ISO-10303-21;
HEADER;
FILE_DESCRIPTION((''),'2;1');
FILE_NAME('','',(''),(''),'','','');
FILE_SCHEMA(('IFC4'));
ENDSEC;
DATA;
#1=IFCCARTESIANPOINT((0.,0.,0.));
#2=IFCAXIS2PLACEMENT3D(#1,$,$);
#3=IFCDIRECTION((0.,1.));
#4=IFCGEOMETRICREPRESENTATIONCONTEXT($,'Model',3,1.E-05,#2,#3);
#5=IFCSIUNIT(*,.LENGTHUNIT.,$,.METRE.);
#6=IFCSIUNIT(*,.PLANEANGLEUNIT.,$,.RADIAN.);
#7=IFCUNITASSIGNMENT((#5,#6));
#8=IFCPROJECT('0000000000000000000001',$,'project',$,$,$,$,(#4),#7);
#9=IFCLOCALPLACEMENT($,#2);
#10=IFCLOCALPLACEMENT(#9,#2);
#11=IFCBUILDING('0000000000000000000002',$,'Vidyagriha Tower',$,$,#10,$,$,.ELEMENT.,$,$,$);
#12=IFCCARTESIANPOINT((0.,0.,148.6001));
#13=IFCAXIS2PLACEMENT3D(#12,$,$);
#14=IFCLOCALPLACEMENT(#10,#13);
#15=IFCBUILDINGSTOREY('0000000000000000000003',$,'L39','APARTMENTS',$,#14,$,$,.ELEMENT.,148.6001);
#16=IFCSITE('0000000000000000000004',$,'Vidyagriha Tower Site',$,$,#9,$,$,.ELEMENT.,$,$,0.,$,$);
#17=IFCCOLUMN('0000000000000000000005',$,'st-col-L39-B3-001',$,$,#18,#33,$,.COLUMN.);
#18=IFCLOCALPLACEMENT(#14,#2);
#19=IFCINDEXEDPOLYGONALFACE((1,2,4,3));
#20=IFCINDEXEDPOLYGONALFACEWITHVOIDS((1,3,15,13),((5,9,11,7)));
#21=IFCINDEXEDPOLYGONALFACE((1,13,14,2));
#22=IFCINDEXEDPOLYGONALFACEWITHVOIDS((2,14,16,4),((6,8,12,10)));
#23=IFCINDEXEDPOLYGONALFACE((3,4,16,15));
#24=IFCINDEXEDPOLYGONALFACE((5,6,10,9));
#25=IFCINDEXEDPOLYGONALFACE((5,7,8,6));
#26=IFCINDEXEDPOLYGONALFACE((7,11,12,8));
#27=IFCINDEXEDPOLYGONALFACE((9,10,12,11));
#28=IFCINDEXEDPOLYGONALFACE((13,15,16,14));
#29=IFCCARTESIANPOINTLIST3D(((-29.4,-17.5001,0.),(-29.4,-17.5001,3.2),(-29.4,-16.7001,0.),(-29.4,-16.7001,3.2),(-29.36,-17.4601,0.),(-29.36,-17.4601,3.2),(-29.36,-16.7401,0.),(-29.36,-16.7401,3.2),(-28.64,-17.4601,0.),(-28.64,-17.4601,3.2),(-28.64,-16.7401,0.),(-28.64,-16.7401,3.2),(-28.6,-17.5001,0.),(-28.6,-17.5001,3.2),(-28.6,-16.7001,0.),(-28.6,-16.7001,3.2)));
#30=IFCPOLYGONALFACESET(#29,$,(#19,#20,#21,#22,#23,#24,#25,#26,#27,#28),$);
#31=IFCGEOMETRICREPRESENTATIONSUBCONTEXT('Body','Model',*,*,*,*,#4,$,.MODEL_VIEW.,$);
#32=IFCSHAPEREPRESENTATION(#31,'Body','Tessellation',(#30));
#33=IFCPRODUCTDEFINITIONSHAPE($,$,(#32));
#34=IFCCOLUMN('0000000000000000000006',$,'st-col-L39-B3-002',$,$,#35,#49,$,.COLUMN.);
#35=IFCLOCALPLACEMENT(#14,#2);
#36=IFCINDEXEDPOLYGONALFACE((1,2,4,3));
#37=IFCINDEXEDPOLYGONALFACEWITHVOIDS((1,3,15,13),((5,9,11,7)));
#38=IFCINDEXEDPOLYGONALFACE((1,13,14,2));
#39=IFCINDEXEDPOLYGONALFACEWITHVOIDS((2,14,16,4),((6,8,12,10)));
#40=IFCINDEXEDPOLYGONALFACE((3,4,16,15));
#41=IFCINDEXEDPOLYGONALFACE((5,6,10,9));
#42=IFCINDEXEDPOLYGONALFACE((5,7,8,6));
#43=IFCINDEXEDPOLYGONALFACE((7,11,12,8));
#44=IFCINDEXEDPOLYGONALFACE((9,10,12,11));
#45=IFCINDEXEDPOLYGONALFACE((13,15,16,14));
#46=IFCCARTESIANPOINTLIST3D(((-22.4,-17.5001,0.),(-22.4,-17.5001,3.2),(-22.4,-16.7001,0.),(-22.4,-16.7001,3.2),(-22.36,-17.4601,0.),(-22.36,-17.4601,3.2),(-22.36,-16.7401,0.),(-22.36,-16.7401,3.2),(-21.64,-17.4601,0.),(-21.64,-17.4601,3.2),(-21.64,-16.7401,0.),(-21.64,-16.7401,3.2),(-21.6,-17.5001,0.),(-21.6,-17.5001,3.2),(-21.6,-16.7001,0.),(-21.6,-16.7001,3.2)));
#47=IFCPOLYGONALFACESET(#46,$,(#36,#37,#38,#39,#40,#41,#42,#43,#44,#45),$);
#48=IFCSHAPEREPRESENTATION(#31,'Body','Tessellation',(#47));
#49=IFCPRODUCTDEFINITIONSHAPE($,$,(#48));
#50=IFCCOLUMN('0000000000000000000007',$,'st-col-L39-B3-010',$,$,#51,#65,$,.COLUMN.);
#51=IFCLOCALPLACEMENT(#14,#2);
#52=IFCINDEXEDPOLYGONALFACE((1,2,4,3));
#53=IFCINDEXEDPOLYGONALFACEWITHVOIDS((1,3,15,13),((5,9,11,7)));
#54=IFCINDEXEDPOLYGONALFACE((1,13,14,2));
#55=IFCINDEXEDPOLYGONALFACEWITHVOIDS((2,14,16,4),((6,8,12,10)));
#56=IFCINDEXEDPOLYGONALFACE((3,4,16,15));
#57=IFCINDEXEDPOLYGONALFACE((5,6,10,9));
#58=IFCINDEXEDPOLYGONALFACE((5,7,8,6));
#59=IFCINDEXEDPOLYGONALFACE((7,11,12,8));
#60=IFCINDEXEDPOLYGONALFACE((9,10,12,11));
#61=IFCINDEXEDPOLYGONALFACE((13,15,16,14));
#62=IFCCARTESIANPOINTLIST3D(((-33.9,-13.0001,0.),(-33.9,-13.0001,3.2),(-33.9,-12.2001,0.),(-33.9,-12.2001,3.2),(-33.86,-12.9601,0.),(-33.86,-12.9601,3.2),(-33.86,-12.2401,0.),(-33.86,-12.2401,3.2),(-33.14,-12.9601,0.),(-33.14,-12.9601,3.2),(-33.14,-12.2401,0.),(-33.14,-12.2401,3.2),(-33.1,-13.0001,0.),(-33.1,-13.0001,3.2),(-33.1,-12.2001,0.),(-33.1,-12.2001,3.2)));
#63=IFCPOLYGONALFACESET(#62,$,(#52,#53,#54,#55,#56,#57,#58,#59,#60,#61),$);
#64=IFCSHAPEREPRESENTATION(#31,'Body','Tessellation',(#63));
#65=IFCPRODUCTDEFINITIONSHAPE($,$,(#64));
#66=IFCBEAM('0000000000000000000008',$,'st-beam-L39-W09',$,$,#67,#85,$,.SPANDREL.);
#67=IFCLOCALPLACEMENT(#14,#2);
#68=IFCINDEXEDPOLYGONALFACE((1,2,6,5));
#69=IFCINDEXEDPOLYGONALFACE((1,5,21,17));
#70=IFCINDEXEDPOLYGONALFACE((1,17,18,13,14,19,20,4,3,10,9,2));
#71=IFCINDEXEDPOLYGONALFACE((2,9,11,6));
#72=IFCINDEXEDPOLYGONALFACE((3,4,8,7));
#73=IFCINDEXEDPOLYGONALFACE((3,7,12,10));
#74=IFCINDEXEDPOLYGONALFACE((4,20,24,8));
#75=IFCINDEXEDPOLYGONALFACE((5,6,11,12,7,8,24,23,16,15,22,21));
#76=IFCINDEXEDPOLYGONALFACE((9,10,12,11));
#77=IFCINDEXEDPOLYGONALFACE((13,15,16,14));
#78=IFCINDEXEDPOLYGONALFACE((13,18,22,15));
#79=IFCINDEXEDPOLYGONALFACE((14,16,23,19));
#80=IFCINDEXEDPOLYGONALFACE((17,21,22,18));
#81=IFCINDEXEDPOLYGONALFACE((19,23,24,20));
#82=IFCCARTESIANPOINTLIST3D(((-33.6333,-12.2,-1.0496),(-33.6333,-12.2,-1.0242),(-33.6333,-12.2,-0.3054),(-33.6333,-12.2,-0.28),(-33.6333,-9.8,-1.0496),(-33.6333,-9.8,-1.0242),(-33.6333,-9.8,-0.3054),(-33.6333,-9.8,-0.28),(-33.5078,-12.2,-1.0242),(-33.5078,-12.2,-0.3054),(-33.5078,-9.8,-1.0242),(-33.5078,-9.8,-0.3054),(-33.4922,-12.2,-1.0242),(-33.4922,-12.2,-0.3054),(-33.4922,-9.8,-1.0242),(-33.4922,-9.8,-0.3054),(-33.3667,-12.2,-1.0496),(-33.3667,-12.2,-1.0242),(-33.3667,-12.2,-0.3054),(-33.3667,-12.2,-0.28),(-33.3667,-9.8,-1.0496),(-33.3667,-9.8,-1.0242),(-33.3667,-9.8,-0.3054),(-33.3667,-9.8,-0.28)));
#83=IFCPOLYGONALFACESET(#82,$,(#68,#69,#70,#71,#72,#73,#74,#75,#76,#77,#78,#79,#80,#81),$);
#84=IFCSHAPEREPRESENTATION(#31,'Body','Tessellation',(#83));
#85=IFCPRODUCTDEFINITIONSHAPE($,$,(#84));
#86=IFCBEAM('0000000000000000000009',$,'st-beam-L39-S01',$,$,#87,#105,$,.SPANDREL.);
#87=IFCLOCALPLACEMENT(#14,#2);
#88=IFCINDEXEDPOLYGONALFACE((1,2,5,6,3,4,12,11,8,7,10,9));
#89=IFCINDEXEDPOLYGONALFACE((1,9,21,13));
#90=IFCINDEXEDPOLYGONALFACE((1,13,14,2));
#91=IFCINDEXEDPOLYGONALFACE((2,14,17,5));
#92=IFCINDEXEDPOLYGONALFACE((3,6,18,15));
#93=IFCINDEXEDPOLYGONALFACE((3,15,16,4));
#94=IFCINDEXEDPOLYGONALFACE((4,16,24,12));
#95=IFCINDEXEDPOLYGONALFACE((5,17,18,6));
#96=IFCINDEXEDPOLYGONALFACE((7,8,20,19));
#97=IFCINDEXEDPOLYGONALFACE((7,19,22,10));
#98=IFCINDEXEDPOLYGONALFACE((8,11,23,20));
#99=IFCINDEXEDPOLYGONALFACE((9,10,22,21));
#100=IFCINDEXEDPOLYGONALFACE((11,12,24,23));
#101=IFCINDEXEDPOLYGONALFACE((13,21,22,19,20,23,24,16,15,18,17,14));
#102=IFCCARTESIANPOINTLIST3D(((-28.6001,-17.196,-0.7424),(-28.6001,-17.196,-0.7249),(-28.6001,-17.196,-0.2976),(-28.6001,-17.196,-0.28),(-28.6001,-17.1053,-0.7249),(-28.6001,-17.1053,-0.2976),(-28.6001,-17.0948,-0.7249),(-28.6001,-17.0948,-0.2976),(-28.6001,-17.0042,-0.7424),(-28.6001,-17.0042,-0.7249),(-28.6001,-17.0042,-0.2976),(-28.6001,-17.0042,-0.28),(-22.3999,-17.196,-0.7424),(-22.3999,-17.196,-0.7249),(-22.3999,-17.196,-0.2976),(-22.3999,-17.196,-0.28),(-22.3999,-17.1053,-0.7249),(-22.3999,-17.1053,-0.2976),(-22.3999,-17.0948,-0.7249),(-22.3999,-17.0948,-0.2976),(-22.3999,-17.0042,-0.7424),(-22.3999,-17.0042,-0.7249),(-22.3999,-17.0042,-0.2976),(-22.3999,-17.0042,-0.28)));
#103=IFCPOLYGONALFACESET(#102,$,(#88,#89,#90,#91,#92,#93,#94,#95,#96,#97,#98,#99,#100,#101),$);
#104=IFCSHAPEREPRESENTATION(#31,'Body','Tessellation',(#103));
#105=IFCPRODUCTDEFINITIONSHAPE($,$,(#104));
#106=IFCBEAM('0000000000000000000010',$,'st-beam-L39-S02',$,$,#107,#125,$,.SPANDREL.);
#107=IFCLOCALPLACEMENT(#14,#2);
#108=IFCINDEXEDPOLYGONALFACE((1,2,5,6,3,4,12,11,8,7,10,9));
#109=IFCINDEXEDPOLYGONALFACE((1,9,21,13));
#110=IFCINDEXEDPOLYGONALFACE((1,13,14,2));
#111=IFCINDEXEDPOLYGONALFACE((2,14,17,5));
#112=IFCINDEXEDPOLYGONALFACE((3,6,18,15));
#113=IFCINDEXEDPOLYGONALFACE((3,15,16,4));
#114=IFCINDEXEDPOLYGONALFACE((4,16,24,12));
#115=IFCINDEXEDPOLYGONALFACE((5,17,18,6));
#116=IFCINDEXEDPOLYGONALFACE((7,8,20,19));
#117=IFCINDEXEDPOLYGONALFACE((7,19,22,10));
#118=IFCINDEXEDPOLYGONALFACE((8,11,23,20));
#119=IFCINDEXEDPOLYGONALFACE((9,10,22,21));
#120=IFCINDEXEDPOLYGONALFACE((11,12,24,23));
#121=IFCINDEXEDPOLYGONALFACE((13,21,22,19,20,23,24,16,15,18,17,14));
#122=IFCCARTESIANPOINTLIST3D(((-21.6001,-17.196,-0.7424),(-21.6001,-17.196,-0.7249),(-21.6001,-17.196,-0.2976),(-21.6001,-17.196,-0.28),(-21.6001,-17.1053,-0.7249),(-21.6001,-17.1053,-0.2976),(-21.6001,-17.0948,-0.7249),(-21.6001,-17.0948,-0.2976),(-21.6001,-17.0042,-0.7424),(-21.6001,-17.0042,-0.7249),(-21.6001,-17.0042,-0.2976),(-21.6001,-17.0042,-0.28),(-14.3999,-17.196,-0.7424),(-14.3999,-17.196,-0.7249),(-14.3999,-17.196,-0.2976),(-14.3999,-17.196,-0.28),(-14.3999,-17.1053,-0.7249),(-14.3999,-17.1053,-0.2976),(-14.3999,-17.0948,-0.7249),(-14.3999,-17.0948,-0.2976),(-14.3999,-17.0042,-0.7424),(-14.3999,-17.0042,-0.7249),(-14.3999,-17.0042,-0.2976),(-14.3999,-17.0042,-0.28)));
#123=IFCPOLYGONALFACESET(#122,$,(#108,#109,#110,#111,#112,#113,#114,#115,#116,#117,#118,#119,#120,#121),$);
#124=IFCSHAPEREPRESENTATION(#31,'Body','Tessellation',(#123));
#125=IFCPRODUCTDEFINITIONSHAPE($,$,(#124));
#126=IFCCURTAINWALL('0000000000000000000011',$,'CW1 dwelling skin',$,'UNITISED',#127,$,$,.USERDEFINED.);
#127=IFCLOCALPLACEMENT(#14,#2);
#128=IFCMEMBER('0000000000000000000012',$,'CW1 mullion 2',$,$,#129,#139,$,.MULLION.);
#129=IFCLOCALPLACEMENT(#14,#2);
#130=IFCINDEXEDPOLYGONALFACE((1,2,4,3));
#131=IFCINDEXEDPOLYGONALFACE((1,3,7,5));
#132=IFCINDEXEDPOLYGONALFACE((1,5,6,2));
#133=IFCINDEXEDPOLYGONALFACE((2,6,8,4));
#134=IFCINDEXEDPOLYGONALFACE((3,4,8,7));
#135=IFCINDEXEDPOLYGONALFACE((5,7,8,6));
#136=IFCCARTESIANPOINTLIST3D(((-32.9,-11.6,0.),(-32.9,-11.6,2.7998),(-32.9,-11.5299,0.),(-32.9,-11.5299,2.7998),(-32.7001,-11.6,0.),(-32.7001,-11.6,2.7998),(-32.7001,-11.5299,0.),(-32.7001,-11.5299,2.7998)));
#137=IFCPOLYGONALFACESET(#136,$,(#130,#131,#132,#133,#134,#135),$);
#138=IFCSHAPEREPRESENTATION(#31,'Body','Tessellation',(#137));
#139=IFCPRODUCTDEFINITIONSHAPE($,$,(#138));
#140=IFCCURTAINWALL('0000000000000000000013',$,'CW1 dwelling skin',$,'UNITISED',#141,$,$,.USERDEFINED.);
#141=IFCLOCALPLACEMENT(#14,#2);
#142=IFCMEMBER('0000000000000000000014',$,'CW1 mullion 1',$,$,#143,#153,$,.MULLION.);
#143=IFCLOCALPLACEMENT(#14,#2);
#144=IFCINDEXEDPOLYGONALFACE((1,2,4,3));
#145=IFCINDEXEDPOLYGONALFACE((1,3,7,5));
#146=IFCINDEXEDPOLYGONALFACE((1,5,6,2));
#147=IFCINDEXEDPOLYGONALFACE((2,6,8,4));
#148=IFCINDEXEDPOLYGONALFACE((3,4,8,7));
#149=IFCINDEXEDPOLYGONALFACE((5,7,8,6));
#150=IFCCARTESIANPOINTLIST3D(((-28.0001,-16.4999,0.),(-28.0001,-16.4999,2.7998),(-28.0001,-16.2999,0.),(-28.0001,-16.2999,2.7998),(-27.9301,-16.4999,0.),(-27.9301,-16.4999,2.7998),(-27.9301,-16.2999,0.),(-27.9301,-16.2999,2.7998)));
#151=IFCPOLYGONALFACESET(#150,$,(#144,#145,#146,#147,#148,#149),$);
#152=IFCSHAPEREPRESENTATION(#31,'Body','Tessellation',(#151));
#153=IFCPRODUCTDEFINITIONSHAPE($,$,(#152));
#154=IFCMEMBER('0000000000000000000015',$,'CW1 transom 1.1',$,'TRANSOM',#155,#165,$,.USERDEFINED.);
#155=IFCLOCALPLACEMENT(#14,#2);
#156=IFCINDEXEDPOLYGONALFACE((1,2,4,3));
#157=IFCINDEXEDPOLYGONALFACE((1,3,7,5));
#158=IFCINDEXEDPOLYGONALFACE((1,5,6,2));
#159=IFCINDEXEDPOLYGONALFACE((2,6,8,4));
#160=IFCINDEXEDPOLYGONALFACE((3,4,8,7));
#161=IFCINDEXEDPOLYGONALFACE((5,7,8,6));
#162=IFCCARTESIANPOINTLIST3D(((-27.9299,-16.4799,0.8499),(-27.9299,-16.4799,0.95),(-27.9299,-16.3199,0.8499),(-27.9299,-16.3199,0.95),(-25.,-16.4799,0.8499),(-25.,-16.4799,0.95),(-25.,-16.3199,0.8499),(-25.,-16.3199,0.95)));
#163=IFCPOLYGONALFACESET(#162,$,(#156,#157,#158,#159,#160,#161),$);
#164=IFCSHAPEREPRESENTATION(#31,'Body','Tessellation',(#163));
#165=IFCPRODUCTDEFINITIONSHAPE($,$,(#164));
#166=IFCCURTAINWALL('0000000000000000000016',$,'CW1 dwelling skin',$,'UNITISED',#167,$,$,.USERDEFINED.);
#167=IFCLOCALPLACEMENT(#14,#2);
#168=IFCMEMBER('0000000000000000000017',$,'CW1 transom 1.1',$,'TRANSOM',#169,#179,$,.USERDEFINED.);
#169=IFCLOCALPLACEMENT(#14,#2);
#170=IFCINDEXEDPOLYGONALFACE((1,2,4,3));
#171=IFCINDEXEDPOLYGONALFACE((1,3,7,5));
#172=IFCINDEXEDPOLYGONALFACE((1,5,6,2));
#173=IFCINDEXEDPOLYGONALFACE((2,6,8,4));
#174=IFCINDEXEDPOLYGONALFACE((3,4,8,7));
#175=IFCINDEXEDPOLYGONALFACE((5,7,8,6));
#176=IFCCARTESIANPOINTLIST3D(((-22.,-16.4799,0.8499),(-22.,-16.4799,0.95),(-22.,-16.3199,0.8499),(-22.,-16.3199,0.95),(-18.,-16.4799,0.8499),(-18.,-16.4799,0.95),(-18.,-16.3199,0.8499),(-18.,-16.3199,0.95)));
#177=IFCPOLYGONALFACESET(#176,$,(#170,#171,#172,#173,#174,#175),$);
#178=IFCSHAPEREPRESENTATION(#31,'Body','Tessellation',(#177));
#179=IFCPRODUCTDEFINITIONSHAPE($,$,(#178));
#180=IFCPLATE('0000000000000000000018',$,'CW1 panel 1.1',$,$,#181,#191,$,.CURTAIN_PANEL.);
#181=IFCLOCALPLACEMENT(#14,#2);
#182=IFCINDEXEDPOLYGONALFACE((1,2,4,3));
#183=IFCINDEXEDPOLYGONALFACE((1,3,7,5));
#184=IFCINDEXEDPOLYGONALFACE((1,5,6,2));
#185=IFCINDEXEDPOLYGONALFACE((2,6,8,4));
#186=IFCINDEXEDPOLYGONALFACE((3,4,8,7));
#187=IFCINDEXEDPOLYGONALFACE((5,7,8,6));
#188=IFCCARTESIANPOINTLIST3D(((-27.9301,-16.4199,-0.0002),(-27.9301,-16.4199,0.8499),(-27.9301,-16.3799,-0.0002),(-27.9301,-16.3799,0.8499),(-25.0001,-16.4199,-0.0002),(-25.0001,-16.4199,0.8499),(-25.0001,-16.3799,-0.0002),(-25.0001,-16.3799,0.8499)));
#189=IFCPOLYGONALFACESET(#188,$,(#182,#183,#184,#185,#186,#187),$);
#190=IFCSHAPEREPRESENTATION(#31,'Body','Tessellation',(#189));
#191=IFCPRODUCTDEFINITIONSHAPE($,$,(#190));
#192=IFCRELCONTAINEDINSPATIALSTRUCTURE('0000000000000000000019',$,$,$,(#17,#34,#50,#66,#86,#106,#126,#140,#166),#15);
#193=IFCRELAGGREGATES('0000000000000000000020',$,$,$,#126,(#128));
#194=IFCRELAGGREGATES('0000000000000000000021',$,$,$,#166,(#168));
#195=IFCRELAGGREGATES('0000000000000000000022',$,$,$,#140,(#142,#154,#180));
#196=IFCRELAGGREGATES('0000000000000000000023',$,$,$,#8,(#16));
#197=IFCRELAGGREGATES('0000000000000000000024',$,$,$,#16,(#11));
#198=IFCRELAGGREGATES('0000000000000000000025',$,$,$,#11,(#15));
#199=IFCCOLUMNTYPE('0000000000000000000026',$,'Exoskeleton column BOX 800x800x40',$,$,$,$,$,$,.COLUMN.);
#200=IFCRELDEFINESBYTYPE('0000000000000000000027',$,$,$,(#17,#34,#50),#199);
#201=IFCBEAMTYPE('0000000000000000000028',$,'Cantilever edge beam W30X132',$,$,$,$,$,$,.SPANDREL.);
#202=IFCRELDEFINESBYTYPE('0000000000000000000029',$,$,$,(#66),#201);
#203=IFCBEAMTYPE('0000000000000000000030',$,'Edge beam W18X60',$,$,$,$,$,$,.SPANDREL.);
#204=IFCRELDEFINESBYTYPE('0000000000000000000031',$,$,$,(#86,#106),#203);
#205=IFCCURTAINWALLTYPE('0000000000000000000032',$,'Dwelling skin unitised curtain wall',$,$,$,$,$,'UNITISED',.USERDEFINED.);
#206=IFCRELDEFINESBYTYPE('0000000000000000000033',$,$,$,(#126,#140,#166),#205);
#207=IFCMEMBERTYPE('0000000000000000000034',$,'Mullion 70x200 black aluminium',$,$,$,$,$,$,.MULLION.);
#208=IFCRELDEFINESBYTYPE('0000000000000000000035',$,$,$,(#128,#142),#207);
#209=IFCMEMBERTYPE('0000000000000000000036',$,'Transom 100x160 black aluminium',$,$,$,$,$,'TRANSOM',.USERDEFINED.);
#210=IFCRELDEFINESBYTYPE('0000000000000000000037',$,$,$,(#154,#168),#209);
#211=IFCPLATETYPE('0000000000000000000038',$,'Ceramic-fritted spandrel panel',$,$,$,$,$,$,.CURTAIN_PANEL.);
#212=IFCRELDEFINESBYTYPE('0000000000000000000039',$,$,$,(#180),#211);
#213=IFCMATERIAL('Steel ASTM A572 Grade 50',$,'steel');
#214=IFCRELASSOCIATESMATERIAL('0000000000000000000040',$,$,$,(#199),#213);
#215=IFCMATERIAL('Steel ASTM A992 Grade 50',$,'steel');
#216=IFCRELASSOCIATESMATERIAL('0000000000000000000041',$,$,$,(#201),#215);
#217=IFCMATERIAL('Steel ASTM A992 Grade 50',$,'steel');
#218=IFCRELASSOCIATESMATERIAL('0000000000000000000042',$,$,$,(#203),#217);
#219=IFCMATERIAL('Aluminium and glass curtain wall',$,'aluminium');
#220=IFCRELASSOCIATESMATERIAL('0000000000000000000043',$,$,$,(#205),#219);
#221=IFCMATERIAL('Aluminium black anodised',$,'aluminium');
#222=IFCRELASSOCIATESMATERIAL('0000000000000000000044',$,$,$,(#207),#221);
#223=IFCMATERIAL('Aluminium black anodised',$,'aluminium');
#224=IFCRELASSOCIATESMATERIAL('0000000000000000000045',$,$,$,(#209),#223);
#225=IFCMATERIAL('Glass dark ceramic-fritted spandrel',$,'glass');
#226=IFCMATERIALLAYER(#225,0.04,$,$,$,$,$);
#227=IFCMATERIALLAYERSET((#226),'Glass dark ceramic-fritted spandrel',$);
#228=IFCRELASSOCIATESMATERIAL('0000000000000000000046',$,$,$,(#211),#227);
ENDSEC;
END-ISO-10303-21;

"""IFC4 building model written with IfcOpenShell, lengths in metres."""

from ifc_helpers import new_model, si_unit, direction, frame, origin, origin_2d, place, context, subcontext, project, spatial, rectangle, hollow_rectangle, i_section, extrude, material, layer, layer_set, material_profile, profile_set, type_object, element, aggregate, save


model = new_model("IFC4")

# Units and contexts
model_context = context("Model", 3, precision=1e-05, world=origin(), true_north=direction((0.0, 1.0)))
body_context = subcontext(model_context, "Body", "Model", "MODEL_VIEW")
ifc_project = project(units=[si_unit("LENGTHUNIT", "METRE"), si_unit("PLANEANGLEUNIT", "RADIAN")], contexts=[model_context])

# Site, building, storey
site_placement = place(None, origin())
site = spatial("IfcSite", under=ifc_project, at=site_placement, Name="Vidyagriha Tower Site", CompositionType="ELEMENT", RefElevation=0.0)
building_placement = place(site_placement, origin())
building = spatial("IfcBuilding", under=site, at=building_placement, Name="Vidyagriha Tower", CompositionType="ELEMENT")
storey_placement = place(building_placement, frame((0.0, 0.0, 148.6001)))
storey = spatial("IfcBuildingStorey", under=building, at=storey_placement, Name="L39", Description="APARTMENTS", CompositionType="ELEMENT", Elevation=148.6001)

# Columns
ifc_material_1 = material(Name="Steel ASTM A572 Grade 50", Category="steel")
ifc_material_profile_1 = material_profile(ifc_material_1, hollow_rectangle(XDim=0.8, YDim=0.8, WallThickness=0.04, at=origin_2d()), Name="BOX 800x800x40")
ifc_profile_set_1 = profile_set([ifc_material_profile_1], Name="Steel ASTM A572 Grade 50")
column_type = type_object("IfcColumnType", Name="Exoskeleton column BOX 800x800x40", PredefinedType="COLUMN", material=ifc_profile_set_1)
for number, where, name in (
    (1, (-29.0, -17.1001, 0.0), "st-col-L39-B3-001"),
    (2, (-22.0, -17.1001, 0.0), "st-col-L39-B3-002"),
    (3, (-33.5, -12.6001, 0.0), "st-col-L39-B3-010"),
):
    element("IfcColumn", number, at=place(storey_placement, frame(where)), inside=storey, type_object=column_type, Name=name, PredefinedType="COLUMN", context=body_context, shape_type="SweptSolid", body=[
        extrude(hollow_rectangle(XDim=0.8, YDim=0.8, WallThickness=0.04, at=origin_2d()), origin(), (0.0, 0.0, 1.0), 3.2),
    ])

# Beams
ifc_material_2 = material(Name="Steel ASTM A992 Grade 50", Category="steel")
ifc_material_profile_2 = material_profile(ifc_material_2, i_section(OverallWidth=0.2666, OverallDepth=0.7695, WebThickness=0.0156, FlangeThickness=0.0254, at=origin_2d()), Name="W30X132")
ifc_profile_set_2 = profile_set([ifc_material_profile_2], Name="Steel ASTM A992 Grade 50")
beam_type_1 = type_object("IfcBeamType", Name="Cantilever edge beam W30X132", PredefinedType="SPANDREL", material=ifc_profile_set_2)
beam_1_placement = place(storey_placement, frame((-33.5, -12.2, -0.6648), z_axis=(0.0, 1.0, 0.0), x_axis=(-1.0, 0.0, 0.0)))
element("IfcBeam", 4, at=beam_1_placement, inside=storey, type_object=beam_type_1, Name="st-beam-L39-W09", PredefinedType="SPANDREL", context=body_context, shape_type="SweptSolid", body=[
    extrude(i_section(OverallWidth=0.2666, OverallDepth=0.7695, WebThickness=0.0156, FlangeThickness=0.0254, at=origin_2d()), origin(), (0.0, 0.0, 1.0), 2.3999),
])
ifc_material_3 = material(Name="Steel ASTM A992 Grade 50", Category="steel")
ifc_material_profile_3 = material_profile(ifc_material_3, i_section(OverallWidth=0.1919, OverallDepth=0.4624, WebThickness=0.0105, FlangeThickness=0.0176, at=origin_2d()), Name="W18X60")
ifc_profile_set_3 = profile_set([ifc_material_profile_3], Name="Steel ASTM A992 Grade 50")
beam_type_2 = type_object("IfcBeamType", Name="Edge beam W18X60", PredefinedType="SPANDREL", material=ifc_profile_set_3)
beam_2_placement = place(storey_placement, frame((-28.6001, -17.1001, -0.5112), z_axis=(1.0, 0.0, 0.0), x_axis=(0.0, 1.0, 0.0)))
element("IfcBeam", 5, at=beam_2_placement, inside=storey, type_object=beam_type_2, Name="st-beam-L39-S01", PredefinedType="SPANDREL", context=body_context, shape_type="SweptSolid", body=[
    extrude(i_section(OverallWidth=0.1919, OverallDepth=0.4624, WebThickness=0.0105, FlangeThickness=0.0176, at=origin_2d()), origin(), (0.0, 0.0, 1.0), 6.2002),
])
beam_3_placement = place(storey_placement, frame((-21.6001, -17.1001, -0.5112), z_axis=(1.0, 0.0, 0.0), x_axis=(0.0, 1.0, 0.0)))
element("IfcBeam", 6, at=beam_3_placement, inside=storey, type_object=beam_type_2, Name="st-beam-L39-S02", PredefinedType="SPANDREL", context=body_context, shape_type="SweptSolid", body=[
    extrude(i_section(OverallWidth=0.1919, OverallDepth=0.4624, WebThickness=0.0105, FlangeThickness=0.0176, at=origin_2d()), origin(), (0.0, 0.0, 1.0), 7.2002),
])

# Curtain wall, member
ifc_material_4 = material(Name="Aluminium and glass curtain wall", Category="aluminium")
curtain_wall_type = type_object("IfcCurtainWallType", Name="Dwelling skin unitised curtain wall", ElementType="UNITISED", PredefinedType="USERDEFINED", material=ifc_material_4)
curtain_wall_1_placement = place(storey_placement, origin())
curtain_wall_1 = element("IfcCurtainWall", 7, at=curtain_wall_1_placement, inside=storey, type_object=curtain_wall_type, Name="CW1 dwelling skin", ObjectType="UNITISED", PredefinedType="USERDEFINED")
ifc_material_5 = material(Name="Aluminium black anodised", Category="aluminium")
ifc_material_profile_4 = material_profile(ifc_material_5, rectangle(XDim=0.2, YDim=0.0701, at=origin_2d()), Name="Mullion 70x200 black aluminium")
ifc_profile_set_4 = profile_set([ifc_material_profile_4], Name="Aluminium black anodised")
member_type_1 = type_object("IfcMemberType", Name="Mullion 70x200 black aluminium", PredefinedType="MULLION", material=ifc_profile_set_4)
member_1_placement = place(storey_placement, frame((-32.8, -11.5649, 0.0)))
member_1 = element("IfcMember", 8, at=member_1_placement, type_object=member_type_1, Name="CW1 mullion 2", PredefinedType="MULLION", context=body_context, shape_type="SweptSolid", body=[
    extrude(rectangle(XDim=0.2, YDim=0.0701, at=origin_2d()), origin(), (0.0, 0.0, 1.0), 2.7998),
])
aggregate(curtain_wall_1, [member_1])

# Curtain wall, members
curtain_wall_2_placement = place(storey_placement, origin())
curtain_wall_2 = element("IfcCurtainWall", 9, at=curtain_wall_2_placement, inside=storey, type_object=curtain_wall_type, Name="CW1 dwelling skin", ObjectType="UNITISED", PredefinedType="USERDEFINED")
member_2_placement = place(storey_placement, frame((-27.9651, -16.3999, 0.0), z_axis=(0.0, 0.0, 1.0), x_axis=(0.0, 1.0, 0.0)))
member_2 = element("IfcMember", 10, at=member_2_placement, type_object=member_type_1, Name="CW1 mullion 1", PredefinedType="MULLION", context=body_context, shape_type="SweptSolid", body=[
    extrude(rectangle(XDim=0.2, YDim=0.0701, at=origin_2d()), origin(), (0.0, 0.0, 1.0), 2.7998),
])
ifc_material_6 = material(Name="Aluminium black anodised", Category="aluminium")
ifc_material_profile_5 = material_profile(ifc_material_6, rectangle(XDim=0.1599, YDim=0.1001, at=origin_2d()), Name="Transom 100x160 black aluminium")
ifc_profile_set_5 = profile_set([ifc_material_profile_5], Name="Aluminium black anodised")
member_type_2 = type_object("IfcMemberType", Name="Transom 100x160 black aluminium", ElementType="TRANSOM", PredefinedType="USERDEFINED", material=ifc_profile_set_5)
member_3_placement = place(storey_placement, frame((-27.9299, -16.3999, 0.8999), z_axis=(1.0, 0.0, 0.0), x_axis=(0.0, 1.0, 0.0)))
member_3 = element("IfcMember", 11, at=member_3_placement, type_object=member_type_2, Name="CW1 transom 1.1", ObjectType="TRANSOM", PredefinedType="USERDEFINED", context=body_context, shape_type="SweptSolid", body=[
    extrude(rectangle(XDim=0.1599, YDim=0.1001, at=origin_2d()), origin(), (0.0, 0.0, 1.0), 2.9299),
])

# Curtain wall, member
curtain_wall_3_placement = place(storey_placement, origin())
curtain_wall_3 = element("IfcCurtainWall", 12, at=curtain_wall_3_placement, inside=storey, type_object=curtain_wall_type, Name="CW1 dwelling skin", ObjectType="UNITISED", PredefinedType="USERDEFINED")
member_4_placement = place(storey_placement, frame((-22.0, -16.3999, 0.8999), z_axis=(1.0, 0.0, 0.0), x_axis=(0.0, 1.0, 0.0)))
member_4 = element("IfcMember", 13, at=member_4_placement, type_object=member_type_2, Name="CW1 transom 1.1", ObjectType="TRANSOM", PredefinedType="USERDEFINED", context=body_context, shape_type="SweptSolid", body=[
    extrude(rectangle(XDim=0.1599, YDim=0.1001, at=origin_2d()), origin(), (0.0, 0.0, 1.0), 4.0),
])
aggregate(curtain_wall_3, [member_4])

# Plate
ifc_material_7 = material(Name="Glass dark ceramic-fritted spandrel", Category="glass")
ifc_layer_1 = layer(ifc_material_7, 0.04)
ifc_layer_set_1 = layer_set([ifc_layer_1], Name="Glass dark ceramic-fritted spandrel")
plate_type_1 = type_object("IfcPlateType", Name="Ceramic-fritted spandrel panel", PredefinedType="CURTAIN_PANEL", material=ifc_layer_set_1)
plate_1_placement = place(storey_placement, frame((-26.4651, -16.3999, -0.0002)))
plate_1 = element("IfcPlate", 14, at=plate_1_placement, type_object=plate_type_1, Name="CW1 panel 1.1", PredefinedType="CURTAIN_PANEL", context=body_context, shape_type="SweptSolid", body=[
    extrude(rectangle(XDim=2.9299, YDim=0.04, at=origin_2d()), origin(), (0.0, 0.0, 1.0), 0.8501),
])
aggregate(curtain_wall_2, [member_2, member_3, plate_1])

save(model, "model.ifc")
